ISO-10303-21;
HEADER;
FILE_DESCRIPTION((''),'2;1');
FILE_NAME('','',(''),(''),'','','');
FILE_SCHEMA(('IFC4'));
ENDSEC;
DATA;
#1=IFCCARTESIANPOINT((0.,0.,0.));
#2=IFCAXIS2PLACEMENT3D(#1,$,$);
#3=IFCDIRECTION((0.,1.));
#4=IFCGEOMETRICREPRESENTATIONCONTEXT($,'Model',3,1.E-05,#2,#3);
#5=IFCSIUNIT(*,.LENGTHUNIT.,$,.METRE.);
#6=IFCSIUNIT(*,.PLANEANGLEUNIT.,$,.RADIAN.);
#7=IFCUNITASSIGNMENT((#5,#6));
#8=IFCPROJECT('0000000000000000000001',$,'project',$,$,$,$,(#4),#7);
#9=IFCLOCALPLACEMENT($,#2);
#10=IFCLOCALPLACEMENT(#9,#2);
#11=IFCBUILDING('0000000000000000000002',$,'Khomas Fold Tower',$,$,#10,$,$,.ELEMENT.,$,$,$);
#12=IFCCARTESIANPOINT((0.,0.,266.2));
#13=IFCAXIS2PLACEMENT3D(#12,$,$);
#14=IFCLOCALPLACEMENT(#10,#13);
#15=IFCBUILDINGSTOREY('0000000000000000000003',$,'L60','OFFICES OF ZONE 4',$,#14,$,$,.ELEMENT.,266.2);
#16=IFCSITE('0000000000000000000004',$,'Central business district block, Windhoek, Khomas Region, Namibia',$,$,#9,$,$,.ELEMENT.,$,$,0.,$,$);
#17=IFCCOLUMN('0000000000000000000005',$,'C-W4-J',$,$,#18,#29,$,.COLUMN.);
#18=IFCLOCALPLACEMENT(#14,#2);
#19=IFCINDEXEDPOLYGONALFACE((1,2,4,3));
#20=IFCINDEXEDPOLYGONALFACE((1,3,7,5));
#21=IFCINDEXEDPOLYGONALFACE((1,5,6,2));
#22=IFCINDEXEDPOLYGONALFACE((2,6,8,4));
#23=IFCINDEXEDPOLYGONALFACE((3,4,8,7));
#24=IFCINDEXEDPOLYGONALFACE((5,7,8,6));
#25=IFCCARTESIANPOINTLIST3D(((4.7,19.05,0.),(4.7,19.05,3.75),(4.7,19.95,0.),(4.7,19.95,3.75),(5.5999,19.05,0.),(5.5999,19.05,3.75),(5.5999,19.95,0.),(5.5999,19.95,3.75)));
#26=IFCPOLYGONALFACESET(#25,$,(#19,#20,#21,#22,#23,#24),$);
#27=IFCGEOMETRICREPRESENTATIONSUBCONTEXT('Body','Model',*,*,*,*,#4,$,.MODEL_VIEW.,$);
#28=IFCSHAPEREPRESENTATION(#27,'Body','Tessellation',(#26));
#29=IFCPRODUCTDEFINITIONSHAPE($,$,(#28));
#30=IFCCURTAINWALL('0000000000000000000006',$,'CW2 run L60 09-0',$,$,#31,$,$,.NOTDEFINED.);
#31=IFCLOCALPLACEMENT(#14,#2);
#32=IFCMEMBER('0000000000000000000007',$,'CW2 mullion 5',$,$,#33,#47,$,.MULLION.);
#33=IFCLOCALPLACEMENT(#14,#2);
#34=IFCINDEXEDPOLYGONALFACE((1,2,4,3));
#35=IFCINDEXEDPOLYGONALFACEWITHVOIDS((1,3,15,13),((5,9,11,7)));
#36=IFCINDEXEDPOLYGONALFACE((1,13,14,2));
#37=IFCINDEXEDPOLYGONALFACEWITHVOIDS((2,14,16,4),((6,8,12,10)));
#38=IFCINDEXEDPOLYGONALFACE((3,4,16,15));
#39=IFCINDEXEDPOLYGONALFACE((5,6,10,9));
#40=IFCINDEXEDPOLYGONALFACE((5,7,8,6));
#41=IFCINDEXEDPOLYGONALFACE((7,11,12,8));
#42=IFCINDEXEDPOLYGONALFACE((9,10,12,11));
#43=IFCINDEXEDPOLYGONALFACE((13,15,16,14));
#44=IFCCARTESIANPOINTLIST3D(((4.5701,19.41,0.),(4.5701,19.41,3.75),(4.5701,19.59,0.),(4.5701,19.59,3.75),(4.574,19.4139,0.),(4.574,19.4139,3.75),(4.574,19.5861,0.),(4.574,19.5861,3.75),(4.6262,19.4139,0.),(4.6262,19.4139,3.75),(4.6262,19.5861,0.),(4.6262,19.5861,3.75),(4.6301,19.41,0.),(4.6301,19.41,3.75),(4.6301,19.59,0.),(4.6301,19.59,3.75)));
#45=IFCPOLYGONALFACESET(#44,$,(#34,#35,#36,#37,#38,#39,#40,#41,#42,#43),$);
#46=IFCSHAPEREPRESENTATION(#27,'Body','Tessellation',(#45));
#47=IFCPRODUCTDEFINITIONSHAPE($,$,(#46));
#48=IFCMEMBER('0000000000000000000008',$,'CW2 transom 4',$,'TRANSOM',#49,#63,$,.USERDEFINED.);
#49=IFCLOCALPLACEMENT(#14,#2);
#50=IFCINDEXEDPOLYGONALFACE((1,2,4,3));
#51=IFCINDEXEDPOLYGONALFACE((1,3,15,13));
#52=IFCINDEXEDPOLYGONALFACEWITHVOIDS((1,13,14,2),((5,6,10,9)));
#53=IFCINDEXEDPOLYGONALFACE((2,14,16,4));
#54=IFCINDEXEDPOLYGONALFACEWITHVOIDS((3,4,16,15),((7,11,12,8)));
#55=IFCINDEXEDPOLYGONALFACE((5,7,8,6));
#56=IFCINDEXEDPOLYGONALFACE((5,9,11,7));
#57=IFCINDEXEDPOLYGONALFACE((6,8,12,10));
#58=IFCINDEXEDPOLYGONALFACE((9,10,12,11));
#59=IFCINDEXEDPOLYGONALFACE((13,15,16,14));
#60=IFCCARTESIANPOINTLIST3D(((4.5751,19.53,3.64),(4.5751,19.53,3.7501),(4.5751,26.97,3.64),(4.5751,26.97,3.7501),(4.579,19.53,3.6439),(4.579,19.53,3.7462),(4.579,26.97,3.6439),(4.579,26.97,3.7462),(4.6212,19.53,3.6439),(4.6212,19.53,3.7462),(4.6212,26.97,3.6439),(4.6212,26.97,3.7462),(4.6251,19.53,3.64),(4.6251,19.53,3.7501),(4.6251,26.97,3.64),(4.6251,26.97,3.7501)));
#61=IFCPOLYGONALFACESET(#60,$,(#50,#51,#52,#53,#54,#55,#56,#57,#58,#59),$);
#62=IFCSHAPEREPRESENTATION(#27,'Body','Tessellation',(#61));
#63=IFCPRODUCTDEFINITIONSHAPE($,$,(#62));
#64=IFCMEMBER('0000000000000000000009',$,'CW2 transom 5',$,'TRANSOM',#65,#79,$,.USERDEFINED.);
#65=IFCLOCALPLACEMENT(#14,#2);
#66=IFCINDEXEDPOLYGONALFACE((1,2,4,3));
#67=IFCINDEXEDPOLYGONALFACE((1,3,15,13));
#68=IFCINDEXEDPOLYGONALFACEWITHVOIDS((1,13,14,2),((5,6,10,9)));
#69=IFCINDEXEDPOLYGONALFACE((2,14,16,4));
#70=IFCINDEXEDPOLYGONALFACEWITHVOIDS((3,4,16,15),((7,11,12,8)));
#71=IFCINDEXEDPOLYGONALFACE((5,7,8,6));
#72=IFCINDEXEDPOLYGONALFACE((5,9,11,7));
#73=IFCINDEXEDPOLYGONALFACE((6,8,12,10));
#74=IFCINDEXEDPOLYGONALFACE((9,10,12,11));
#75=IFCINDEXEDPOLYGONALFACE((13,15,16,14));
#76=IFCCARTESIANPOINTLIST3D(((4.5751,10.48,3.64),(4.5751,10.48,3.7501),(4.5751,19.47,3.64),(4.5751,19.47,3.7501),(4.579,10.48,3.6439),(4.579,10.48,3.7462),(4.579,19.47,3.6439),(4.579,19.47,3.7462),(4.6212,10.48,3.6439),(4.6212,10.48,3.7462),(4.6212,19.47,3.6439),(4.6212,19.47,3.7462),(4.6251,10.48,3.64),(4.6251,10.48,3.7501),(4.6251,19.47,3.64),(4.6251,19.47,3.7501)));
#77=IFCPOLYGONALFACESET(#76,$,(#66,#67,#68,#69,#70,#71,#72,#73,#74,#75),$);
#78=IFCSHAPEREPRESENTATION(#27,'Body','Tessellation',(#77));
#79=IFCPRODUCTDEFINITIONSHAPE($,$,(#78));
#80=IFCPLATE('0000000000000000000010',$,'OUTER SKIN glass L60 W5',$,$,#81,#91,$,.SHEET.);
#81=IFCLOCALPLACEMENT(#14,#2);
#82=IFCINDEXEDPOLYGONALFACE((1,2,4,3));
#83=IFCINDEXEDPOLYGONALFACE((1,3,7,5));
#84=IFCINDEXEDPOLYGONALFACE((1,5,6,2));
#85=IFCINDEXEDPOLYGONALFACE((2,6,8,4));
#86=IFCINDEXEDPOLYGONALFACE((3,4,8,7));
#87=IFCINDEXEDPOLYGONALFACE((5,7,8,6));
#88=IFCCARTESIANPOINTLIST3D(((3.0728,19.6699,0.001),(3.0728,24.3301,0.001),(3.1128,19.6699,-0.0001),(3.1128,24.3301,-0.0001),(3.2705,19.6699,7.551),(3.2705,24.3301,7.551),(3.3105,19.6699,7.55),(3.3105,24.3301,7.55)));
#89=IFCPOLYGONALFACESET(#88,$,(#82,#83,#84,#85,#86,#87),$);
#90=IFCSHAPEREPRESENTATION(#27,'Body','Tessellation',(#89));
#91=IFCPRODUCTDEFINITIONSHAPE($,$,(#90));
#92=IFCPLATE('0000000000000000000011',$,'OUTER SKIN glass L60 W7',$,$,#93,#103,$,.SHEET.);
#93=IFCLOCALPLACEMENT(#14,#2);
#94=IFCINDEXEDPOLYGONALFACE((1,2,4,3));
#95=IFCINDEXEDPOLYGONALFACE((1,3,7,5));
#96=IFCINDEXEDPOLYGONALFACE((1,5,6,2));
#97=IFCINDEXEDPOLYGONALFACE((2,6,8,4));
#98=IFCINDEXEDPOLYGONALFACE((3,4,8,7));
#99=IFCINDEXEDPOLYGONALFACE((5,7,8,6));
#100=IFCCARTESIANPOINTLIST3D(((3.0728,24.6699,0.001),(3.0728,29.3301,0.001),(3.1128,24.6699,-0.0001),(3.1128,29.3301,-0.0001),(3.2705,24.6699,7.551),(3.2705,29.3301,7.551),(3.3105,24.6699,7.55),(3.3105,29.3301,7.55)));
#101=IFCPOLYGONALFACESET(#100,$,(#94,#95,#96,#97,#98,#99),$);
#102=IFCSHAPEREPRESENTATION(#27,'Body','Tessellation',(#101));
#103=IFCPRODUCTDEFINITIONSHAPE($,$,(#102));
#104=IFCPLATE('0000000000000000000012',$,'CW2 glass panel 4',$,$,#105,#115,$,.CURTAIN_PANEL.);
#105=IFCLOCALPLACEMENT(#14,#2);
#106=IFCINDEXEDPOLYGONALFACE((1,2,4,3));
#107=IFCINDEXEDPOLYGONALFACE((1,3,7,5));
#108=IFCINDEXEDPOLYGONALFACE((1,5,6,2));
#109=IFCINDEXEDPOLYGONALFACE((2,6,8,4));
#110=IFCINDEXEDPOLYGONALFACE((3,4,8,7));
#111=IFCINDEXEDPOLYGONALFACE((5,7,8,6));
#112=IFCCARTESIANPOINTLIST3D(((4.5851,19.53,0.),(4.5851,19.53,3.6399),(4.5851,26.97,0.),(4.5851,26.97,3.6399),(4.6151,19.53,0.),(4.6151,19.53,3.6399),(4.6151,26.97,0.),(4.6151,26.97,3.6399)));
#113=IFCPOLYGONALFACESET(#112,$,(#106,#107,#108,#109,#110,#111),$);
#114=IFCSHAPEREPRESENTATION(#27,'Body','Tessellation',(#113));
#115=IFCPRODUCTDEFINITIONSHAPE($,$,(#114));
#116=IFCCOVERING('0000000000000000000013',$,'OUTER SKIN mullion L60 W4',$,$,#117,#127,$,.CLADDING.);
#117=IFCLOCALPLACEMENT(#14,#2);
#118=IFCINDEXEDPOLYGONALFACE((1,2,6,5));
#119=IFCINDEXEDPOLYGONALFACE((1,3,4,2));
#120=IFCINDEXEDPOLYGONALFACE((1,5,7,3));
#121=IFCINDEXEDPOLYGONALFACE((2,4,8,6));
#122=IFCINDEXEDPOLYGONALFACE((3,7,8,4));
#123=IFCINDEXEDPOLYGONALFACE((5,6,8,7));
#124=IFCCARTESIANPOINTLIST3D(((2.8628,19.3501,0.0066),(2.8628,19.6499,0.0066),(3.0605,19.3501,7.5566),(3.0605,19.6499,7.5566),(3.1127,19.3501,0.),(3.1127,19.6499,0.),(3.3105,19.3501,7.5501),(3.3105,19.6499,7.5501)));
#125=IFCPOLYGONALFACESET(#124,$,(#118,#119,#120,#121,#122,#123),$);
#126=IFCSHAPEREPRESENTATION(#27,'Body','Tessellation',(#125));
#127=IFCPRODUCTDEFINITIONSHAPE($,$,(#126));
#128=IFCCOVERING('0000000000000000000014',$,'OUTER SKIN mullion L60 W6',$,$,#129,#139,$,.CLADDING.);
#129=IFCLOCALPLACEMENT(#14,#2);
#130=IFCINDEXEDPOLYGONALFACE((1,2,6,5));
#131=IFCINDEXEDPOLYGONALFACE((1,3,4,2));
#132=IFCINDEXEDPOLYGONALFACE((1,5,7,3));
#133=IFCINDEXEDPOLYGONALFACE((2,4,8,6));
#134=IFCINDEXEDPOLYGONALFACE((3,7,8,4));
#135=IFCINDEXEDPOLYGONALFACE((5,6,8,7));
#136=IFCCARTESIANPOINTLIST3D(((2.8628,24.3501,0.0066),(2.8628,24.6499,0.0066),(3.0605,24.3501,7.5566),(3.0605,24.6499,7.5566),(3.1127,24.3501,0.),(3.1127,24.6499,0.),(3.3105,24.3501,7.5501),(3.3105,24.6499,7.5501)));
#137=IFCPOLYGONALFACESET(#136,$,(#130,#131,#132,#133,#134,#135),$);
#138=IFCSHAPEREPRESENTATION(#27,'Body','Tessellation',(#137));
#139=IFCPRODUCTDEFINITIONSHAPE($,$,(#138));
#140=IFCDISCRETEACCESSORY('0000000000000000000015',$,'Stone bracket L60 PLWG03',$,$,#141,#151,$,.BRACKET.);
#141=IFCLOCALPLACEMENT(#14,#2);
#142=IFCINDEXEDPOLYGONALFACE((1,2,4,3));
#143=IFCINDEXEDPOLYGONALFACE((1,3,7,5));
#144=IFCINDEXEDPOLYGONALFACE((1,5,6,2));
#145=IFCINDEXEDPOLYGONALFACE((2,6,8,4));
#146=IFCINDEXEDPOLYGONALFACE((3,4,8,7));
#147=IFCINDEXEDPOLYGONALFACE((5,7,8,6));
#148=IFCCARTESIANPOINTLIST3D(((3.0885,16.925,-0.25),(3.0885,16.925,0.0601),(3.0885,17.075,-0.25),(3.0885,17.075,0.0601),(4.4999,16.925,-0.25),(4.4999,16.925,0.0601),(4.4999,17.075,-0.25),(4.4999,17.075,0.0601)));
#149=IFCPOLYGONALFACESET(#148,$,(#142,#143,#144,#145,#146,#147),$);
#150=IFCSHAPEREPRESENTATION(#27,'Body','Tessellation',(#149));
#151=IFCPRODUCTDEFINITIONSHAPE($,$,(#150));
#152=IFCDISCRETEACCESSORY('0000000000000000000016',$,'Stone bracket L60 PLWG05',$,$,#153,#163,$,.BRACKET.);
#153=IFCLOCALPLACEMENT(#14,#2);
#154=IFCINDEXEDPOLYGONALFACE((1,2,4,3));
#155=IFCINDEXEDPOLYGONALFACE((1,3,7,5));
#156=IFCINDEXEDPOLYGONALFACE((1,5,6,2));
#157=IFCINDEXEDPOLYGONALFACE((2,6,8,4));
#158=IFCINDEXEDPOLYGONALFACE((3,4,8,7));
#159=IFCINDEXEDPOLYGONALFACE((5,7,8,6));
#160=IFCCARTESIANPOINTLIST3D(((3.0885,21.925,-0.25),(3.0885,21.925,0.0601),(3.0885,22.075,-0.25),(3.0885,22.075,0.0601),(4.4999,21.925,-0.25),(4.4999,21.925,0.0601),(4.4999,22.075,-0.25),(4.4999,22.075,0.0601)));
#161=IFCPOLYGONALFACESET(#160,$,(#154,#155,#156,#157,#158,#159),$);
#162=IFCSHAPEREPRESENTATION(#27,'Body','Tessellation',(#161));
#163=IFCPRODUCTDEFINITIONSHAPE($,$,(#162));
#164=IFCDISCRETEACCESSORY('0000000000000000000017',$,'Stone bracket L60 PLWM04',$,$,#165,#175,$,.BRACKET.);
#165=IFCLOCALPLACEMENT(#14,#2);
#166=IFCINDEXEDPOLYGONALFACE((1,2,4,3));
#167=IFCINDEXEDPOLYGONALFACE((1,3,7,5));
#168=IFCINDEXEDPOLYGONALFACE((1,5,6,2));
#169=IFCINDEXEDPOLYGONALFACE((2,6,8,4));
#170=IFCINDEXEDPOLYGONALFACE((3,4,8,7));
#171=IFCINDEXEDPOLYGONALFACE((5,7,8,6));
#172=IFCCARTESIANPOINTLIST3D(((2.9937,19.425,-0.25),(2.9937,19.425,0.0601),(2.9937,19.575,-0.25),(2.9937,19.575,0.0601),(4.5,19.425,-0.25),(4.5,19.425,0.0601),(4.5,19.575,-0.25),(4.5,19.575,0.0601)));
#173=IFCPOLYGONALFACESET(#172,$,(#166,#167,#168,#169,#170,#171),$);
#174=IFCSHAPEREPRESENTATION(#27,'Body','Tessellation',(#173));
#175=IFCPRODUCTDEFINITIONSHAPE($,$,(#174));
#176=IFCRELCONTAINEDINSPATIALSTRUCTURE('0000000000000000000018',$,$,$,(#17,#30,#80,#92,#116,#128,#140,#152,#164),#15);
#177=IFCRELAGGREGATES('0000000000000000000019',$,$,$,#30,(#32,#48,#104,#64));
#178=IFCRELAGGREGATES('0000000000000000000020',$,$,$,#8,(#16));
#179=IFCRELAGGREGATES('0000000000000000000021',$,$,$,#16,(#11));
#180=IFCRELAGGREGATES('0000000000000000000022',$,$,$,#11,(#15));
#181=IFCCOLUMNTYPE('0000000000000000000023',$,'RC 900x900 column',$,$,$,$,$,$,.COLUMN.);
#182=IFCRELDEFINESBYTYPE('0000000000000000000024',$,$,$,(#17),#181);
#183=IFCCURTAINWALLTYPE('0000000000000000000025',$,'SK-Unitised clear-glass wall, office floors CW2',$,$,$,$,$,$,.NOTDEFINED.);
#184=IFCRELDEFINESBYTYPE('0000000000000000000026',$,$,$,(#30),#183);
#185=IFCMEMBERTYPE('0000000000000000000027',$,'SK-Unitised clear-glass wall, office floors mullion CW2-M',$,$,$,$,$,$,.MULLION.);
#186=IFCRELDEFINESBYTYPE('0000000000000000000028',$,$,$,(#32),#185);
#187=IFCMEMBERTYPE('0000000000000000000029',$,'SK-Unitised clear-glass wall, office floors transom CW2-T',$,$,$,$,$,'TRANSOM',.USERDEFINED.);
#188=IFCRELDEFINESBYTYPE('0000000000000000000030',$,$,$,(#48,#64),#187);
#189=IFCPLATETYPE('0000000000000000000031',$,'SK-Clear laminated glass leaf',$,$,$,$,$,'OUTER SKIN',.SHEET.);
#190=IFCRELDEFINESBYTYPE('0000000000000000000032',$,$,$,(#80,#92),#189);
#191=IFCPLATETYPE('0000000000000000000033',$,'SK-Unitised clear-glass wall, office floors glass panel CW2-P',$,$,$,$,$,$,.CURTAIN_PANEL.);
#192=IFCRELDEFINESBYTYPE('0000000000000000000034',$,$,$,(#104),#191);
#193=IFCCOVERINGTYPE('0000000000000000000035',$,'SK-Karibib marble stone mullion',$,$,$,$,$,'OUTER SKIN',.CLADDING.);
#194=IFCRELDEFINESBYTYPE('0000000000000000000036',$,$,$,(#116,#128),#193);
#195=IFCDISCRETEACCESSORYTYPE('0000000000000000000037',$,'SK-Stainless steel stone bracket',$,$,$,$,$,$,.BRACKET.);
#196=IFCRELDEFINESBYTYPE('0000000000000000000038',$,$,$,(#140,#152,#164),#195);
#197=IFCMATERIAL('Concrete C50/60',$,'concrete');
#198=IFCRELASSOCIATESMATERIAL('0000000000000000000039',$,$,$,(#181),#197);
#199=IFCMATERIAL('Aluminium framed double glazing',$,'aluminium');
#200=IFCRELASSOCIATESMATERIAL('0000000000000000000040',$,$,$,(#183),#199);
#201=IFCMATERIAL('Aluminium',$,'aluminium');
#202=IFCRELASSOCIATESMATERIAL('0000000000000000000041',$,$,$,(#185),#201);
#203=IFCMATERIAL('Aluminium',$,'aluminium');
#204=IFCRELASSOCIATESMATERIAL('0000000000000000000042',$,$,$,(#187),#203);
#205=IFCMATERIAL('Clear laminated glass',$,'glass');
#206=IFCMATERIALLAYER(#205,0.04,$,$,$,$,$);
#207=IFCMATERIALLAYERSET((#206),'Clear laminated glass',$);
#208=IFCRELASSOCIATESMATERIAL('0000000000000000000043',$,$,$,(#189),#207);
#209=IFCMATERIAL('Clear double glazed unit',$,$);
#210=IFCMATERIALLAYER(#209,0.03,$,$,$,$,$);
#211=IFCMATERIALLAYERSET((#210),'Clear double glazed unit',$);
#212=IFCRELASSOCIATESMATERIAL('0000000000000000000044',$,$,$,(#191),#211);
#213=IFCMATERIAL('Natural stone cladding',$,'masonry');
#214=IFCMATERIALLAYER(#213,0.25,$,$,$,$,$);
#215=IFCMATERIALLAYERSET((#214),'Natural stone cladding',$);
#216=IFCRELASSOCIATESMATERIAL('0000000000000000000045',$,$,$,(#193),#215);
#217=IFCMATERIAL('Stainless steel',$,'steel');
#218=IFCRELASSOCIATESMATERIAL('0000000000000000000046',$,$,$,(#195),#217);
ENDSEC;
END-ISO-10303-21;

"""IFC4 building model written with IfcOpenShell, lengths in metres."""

from ifc_helpers import new_model, si_unit, direction, frame, origin, origin_2d, place, context, subcontext, project, spatial, polyline, rectangle, hollow_rectangle, outline, extrude, source, transform, mapped, material, layer, layer_set, material_profile, profile_set, type_object, element, aggregate, save


model = new_model("IFC4")

# Units and contexts
model_context = context("Model", 3, precision=1e-05, world=origin(), true_north=direction((0.0, 1.0)))
body_context = subcontext(model_context, "Body", "Model", "MODEL_VIEW")
ifc_project = project(units=[si_unit("LENGTHUNIT", "METRE"), si_unit("PLANEANGLEUNIT", "RADIAN")], contexts=[model_context])

# Site, building, storey
site_placement = place(None, origin())
site = spatial("IfcSite", under=ifc_project, at=site_placement, Name="Central business district block, Windhoek, Khomas Region, Namibia", CompositionType="ELEMENT", RefElevation=0.0)
building_placement = place(site_placement, origin())
building = spatial("IfcBuilding", under=site, at=building_placement, Name="Khomas Fold Tower", CompositionType="ELEMENT")
storey_placement = place(building_placement, frame((0.0, 0.0, 266.2)))
storey = spatial("IfcBuildingStorey", under=building, at=storey_placement, Name="L60", Description="OFFICES OF ZONE 4", CompositionType="ELEMENT", Elevation=266.2)

# Column
ifc_material_1 = material(Name="Concrete C50/60", Category="concrete")
ifc_material_profile_1 = material_profile(ifc_material_1, rectangle(XDim=0.8999, YDim=0.8999, at=origin_2d()), Name="RC 900x900")
ifc_profile_set_1 = profile_set([ifc_material_profile_1], Name="Concrete C50/60")
column_type = type_object("IfcColumnType", Name="RC 900x900 column", PredefinedType="COLUMN", material=ifc_profile_set_1)
shared_shape_1 = source(origin(), body_context, "Body", "SweptSolid", [
    extrude(rectangle(XDim=0.8999, YDim=0.8999, at=origin_2d()), origin(), (0.0, 0.0, 1.0), 3.75),
])
column_placement = place(storey_placement, frame((5.1499, 19.5, 0.0), z_axis=(0.0, 0.0, 1.0), x_axis=(1.0, 0.0, 0.0)))
element("IfcColumn", 1, at=column_placement, inside=storey, type_object=column_type, Name="C-W4-J", PredefinedType="COLUMN", context=body_context, shape_type="MappedRepresentation", body=[
    mapped(shared_shape_1, transform((0.0, 0.0, 0.0))),
])

# Curtain wall, members
ifc_material_2 = material(Name="Aluminium framed double glazing", Category="aluminium")
curtain_wall_type = type_object("IfcCurtainWallType", Name="SK-Unitised clear-glass wall, office floors CW2", PredefinedType="NOTDEFINED", material=ifc_material_2)
curtain_wall_placement = place(storey_placement, origin())
curtain_wall = element("IfcCurtainWall", 2, at=curtain_wall_placement, inside=storey, type_object=curtain_wall_type, Name="CW2 run L60 09-0", PredefinedType="NOTDEFINED")
ifc_material_3 = material(Name="Aluminium", Category="aluminium")
ifc_material_profile_2 = material_profile(ifc_material_3, hollow_rectangle(XDim=0.0601, YDim=0.1799, WallThickness=0.0039, at=origin_2d()), Name="SK-Unitised clear-glass wall, office floors mullion CW2-M")
ifc_profile_set_2 = profile_set([ifc_material_profile_2], Name="Aluminium")
member_type_1 = type_object("IfcMemberType", Name="SK-Unitised clear-glass wall, office floors mullion CW2-M", PredefinedType="MULLION", material=ifc_profile_set_2)
shared_shape_2 = source(origin(), body_context, "Body", "SweptSolid", [
    extrude(hollow_rectangle(XDim=0.0601, YDim=0.1799, WallThickness=0.0039, at=origin_2d()), origin(), (0.0, 0.0, 1.0), 3.75),
])
member_1_placement = place(storey_placement, frame((4.6001, 19.5, 0.0), z_axis=(0.0, 0.0, 1.0), x_axis=(1.0, 0.0, 0.0)))
member_1 = element("IfcMember", 3, at=member_1_placement, type_object=member_type_1, Name="CW2 mullion 5", PredefinedType="MULLION", context=body_context, shape_type="MappedRepresentation", body=[
    mapped(shared_shape_2, transform((0.0, 0.0, 0.0))),
])
ifc_material_4 = material(Name="Aluminium", Category="aluminium")
ifc_material_profile_3 = material_profile(ifc_material_4, hollow_rectangle(XDim=0.05, YDim=0.1101, WallThickness=0.0039, at=origin_2d()), Name="SK-Unitised clear-glass wall, office floors transom CW2-T")
ifc_profile_set_3 = profile_set([ifc_material_profile_3], Name="Aluminium")
member_type_2 = type_object("IfcMemberType", Name="SK-Unitised clear-glass wall, office floors transom CW2-T", ElementType="TRANSOM", PredefinedType="USERDEFINED", material=ifc_profile_set_3)
shared_shape_3 = source(origin(), body_context, "Body", "SweptSolid", [
    extrude(hollow_rectangle(XDim=0.05, YDim=0.1101, WallThickness=0.0039, at=origin_2d()), origin(), (0.0, 0.0, 1.0), 7.4399),
])
member_2_placement = place(storey_placement, frame((4.6001, 26.97, 3.6951), z_axis=(0.0, -1.0, 0.0), x_axis=(1.0, 0.0, 0.0)))
member_2 = element("IfcMember", 4, at=member_2_placement, type_object=member_type_2, Name="CW2 transom 4", ObjectType="TRANSOM", PredefinedType="USERDEFINED", context=body_context, shape_type="MappedRepresentation", body=[
    mapped(shared_shape_3, transform((0.0, 0.0, 0.0))),
])
shared_shape_4 = source(origin(), body_context, "Body", "SweptSolid", [
    extrude(hollow_rectangle(XDim=0.05, YDim=0.1101, WallThickness=0.0039, at=origin_2d()), origin(), (0.0, 0.0, 1.0), 8.99),
])
member_3_placement = place(storey_placement, frame((4.6001, 19.47, 3.6951), z_axis=(0.0, -1.0, 0.0), x_axis=(1.0, 0.0, 0.0)))
member_3 = element("IfcMember", 5, at=member_3_placement, type_object=member_type_2, Name="CW2 transom 5", ObjectType="TRANSOM", PredefinedType="USERDEFINED", context=body_context, shape_type="MappedRepresentation", body=[
    mapped(shared_shape_4, transform((0.0, 0.0, 0.0))),
])

# Plates
ifc_material_5 = material(Name="Clear laminated glass", Category="glass")
ifc_layer_1 = layer(ifc_material_5, 0.04)
ifc_layer_set_1 = layer_set([ifc_layer_1], Name="Clear laminated glass")
plate_type_1 = type_object("IfcPlateType", Name="SK-Clear laminated glass leaf", ElementType="OUTER SKIN", PredefinedType="SHEET", material=ifc_layer_set_1)
for number, where, z_axis, x_axis, name in (
    (6, (3.0728, 19.6699, 0.001), (-0.999657, 0.0, 0.026183), (0.0, 1.0, 0.0), "OUTER SKIN glass L60 W5"),
    (7, (3.0728, 24.6699, 0.001), (-0.999657, 0.0, 0.026183), (0.0, 1.0, 0.0), "OUTER SKIN glass L60 W7"),
):
    element("IfcPlate", number, at=place(storey_placement, frame(where, z_axis=z_axis, x_axis=x_axis)), inside=storey, type_object=plate_type_1, Name=name, PredefinedType="SHEET", context=body_context, shape_type="SweptSolid", body=[
        extrude(outline(polyline([(0.0, 0.0), (4.6602, 0.0), (4.6602, -7.5526), (0.0, -7.5526), (0.0, 0.0)])), origin(), (0.0, 0.0, -1.0), 0.04),
    ])

# Plate
ifc_material_6 = material(Name="Clear double glazed unit")
ifc_layer_2 = layer(ifc_material_6, 0.03)
ifc_layer_set_2 = layer_set([ifc_layer_2], Name="Clear double glazed unit")
plate_type_2 = type_object("IfcPlateType", Name="SK-Unitised clear-glass wall, office floors glass panel CW2-P", PredefinedType="CURTAIN_PANEL", material=ifc_layer_set_2)
shared_shape_5 = source(origin(), body_context, "Body", "SweptSolid", [
    extrude(rectangle(XDim=7.4399, YDim=0.03, at=origin_2d()), origin(), (0.0, 0.0, 1.0), 3.6399),
])
plate_placement = place(storey_placement, frame((4.6001, 23.25, 0.0), z_axis=(0.0, 0.0, 1.0), x_axis=(0.0, -1.0, 0.0)))
plate = element("IfcPlate", 8, at=plate_placement, type_object=plate_type_2, Name="CW2 glass panel 4", PredefinedType="CURTAIN_PANEL", context=body_context, shape_type="MappedRepresentation", body=[
    mapped(shared_shape_5, transform((0.0, 0.0, 0.0))),
])
aggregate(curtain_wall, [member_1, member_2, plate, member_3])

# Coverings
ifc_material_7 = material(Name="Natural stone cladding", Category="masonry")
ifc_layer_3 = layer(ifc_material_7, 0.25)
ifc_layer_set_3 = layer_set([ifc_layer_3], Name="Natural stone cladding")
covering_type = type_object("IfcCoveringType", Name="SK-Karibib marble stone mullion", ElementType="OUTER SKIN", PredefinedType="CLADDING", material=ifc_layer_set_3)
for number, where, z_axis, x_axis, name in (
    (9, (2.8628, 19.3501, 0.0066), (-0.999657, 0.0, 0.026183), (0.0, 1.0, 0.0), "OUTER SKIN mullion L60 W4"),
    (10, (2.8628, 24.3501, 0.0066), (-0.999657, 0.0, 0.026183), (0.0, 1.0, 0.0), "OUTER SKIN mullion L60 W6"),
):
    element("IfcCovering", number, at=place(storey_placement, frame(where, z_axis=z_axis, x_axis=x_axis)), inside=storey, type_object=covering_type, Name=name, PredefinedType="CLADDING", context=body_context, shape_type="SweptSolid", body=[
        extrude(outline(polyline([(0.0, 0.0), (0.2998, 0.0), (0.2998, -7.5526), (0.0, -7.5526), (0.0, 0.0)])), origin(), (0.0, 0.0, -1.0), 0.25),
    ])

# Discrete accessories
ifc_material_8 = material(Name="Stainless steel", Category="steel")
discrete_accessory_type = type_object("IfcDiscreteAccessoryType", Name="SK-Stainless steel stone bracket", PredefinedType="BRACKET", material=ifc_material_8)
shared_shape_6 = source(origin(), body_context, "Body", "SweptSolid", [
    extrude(rectangle(XDim=1.4114, YDim=0.1499, at=origin_2d()), origin(), (0.0, 0.0, 1.0), 0.3101),
])
for number, where, z_axis, x_axis, name in (
    (11, (3.7942, 17.0, -0.25), (0.0, 0.0, 1.0), (-1.0, 0.0, 0.0), "Stone bracket L60 PLWG03"),
    (12, (3.7942, 22.0, -0.25), (0.0, 0.0, 1.0), (-1.0, 0.0, 0.0), "Stone bracket L60 PLWG05"),
):
    element("IfcDiscreteAccessory", number, at=place(storey_placement, frame(where, z_axis=z_axis, x_axis=x_axis)), inside=storey, type_object=discrete_accessory_type, Name=name, PredefinedType="BRACKET", context=body_context, shape_type="MappedRepresentation", body=[
        mapped(shared_shape_6, transform((0.0, 0.0, 0.0))),
    ])
shared_shape_7 = source(origin(), body_context, "Body", "SweptSolid", [
    extrude(rectangle(XDim=1.5063, YDim=0.1499, at=origin_2d()), origin(), (0.0, 0.0, 1.0), 0.3101),
])
for number, where, z_axis, x_axis, name in (
    (13, (3.7468, 19.5, -0.25), (0.0, 0.0, 1.0), (-1.0, 0.0, 0.0), "Stone bracket L60 PLWM04"),
):
    element("IfcDiscreteAccessory", number, at=place(storey_placement, frame(where, z_axis=z_axis, x_axis=x_axis)), inside=storey, type_object=discrete_accessory_type, Name=name, PredefinedType="BRACKET", context=body_context, shape_type="MappedRepresentation", body=[
        mapped(shared_shape_7, transform((0.0, 0.0, 0.0))),
    ])

save(model, "model.ifc")
